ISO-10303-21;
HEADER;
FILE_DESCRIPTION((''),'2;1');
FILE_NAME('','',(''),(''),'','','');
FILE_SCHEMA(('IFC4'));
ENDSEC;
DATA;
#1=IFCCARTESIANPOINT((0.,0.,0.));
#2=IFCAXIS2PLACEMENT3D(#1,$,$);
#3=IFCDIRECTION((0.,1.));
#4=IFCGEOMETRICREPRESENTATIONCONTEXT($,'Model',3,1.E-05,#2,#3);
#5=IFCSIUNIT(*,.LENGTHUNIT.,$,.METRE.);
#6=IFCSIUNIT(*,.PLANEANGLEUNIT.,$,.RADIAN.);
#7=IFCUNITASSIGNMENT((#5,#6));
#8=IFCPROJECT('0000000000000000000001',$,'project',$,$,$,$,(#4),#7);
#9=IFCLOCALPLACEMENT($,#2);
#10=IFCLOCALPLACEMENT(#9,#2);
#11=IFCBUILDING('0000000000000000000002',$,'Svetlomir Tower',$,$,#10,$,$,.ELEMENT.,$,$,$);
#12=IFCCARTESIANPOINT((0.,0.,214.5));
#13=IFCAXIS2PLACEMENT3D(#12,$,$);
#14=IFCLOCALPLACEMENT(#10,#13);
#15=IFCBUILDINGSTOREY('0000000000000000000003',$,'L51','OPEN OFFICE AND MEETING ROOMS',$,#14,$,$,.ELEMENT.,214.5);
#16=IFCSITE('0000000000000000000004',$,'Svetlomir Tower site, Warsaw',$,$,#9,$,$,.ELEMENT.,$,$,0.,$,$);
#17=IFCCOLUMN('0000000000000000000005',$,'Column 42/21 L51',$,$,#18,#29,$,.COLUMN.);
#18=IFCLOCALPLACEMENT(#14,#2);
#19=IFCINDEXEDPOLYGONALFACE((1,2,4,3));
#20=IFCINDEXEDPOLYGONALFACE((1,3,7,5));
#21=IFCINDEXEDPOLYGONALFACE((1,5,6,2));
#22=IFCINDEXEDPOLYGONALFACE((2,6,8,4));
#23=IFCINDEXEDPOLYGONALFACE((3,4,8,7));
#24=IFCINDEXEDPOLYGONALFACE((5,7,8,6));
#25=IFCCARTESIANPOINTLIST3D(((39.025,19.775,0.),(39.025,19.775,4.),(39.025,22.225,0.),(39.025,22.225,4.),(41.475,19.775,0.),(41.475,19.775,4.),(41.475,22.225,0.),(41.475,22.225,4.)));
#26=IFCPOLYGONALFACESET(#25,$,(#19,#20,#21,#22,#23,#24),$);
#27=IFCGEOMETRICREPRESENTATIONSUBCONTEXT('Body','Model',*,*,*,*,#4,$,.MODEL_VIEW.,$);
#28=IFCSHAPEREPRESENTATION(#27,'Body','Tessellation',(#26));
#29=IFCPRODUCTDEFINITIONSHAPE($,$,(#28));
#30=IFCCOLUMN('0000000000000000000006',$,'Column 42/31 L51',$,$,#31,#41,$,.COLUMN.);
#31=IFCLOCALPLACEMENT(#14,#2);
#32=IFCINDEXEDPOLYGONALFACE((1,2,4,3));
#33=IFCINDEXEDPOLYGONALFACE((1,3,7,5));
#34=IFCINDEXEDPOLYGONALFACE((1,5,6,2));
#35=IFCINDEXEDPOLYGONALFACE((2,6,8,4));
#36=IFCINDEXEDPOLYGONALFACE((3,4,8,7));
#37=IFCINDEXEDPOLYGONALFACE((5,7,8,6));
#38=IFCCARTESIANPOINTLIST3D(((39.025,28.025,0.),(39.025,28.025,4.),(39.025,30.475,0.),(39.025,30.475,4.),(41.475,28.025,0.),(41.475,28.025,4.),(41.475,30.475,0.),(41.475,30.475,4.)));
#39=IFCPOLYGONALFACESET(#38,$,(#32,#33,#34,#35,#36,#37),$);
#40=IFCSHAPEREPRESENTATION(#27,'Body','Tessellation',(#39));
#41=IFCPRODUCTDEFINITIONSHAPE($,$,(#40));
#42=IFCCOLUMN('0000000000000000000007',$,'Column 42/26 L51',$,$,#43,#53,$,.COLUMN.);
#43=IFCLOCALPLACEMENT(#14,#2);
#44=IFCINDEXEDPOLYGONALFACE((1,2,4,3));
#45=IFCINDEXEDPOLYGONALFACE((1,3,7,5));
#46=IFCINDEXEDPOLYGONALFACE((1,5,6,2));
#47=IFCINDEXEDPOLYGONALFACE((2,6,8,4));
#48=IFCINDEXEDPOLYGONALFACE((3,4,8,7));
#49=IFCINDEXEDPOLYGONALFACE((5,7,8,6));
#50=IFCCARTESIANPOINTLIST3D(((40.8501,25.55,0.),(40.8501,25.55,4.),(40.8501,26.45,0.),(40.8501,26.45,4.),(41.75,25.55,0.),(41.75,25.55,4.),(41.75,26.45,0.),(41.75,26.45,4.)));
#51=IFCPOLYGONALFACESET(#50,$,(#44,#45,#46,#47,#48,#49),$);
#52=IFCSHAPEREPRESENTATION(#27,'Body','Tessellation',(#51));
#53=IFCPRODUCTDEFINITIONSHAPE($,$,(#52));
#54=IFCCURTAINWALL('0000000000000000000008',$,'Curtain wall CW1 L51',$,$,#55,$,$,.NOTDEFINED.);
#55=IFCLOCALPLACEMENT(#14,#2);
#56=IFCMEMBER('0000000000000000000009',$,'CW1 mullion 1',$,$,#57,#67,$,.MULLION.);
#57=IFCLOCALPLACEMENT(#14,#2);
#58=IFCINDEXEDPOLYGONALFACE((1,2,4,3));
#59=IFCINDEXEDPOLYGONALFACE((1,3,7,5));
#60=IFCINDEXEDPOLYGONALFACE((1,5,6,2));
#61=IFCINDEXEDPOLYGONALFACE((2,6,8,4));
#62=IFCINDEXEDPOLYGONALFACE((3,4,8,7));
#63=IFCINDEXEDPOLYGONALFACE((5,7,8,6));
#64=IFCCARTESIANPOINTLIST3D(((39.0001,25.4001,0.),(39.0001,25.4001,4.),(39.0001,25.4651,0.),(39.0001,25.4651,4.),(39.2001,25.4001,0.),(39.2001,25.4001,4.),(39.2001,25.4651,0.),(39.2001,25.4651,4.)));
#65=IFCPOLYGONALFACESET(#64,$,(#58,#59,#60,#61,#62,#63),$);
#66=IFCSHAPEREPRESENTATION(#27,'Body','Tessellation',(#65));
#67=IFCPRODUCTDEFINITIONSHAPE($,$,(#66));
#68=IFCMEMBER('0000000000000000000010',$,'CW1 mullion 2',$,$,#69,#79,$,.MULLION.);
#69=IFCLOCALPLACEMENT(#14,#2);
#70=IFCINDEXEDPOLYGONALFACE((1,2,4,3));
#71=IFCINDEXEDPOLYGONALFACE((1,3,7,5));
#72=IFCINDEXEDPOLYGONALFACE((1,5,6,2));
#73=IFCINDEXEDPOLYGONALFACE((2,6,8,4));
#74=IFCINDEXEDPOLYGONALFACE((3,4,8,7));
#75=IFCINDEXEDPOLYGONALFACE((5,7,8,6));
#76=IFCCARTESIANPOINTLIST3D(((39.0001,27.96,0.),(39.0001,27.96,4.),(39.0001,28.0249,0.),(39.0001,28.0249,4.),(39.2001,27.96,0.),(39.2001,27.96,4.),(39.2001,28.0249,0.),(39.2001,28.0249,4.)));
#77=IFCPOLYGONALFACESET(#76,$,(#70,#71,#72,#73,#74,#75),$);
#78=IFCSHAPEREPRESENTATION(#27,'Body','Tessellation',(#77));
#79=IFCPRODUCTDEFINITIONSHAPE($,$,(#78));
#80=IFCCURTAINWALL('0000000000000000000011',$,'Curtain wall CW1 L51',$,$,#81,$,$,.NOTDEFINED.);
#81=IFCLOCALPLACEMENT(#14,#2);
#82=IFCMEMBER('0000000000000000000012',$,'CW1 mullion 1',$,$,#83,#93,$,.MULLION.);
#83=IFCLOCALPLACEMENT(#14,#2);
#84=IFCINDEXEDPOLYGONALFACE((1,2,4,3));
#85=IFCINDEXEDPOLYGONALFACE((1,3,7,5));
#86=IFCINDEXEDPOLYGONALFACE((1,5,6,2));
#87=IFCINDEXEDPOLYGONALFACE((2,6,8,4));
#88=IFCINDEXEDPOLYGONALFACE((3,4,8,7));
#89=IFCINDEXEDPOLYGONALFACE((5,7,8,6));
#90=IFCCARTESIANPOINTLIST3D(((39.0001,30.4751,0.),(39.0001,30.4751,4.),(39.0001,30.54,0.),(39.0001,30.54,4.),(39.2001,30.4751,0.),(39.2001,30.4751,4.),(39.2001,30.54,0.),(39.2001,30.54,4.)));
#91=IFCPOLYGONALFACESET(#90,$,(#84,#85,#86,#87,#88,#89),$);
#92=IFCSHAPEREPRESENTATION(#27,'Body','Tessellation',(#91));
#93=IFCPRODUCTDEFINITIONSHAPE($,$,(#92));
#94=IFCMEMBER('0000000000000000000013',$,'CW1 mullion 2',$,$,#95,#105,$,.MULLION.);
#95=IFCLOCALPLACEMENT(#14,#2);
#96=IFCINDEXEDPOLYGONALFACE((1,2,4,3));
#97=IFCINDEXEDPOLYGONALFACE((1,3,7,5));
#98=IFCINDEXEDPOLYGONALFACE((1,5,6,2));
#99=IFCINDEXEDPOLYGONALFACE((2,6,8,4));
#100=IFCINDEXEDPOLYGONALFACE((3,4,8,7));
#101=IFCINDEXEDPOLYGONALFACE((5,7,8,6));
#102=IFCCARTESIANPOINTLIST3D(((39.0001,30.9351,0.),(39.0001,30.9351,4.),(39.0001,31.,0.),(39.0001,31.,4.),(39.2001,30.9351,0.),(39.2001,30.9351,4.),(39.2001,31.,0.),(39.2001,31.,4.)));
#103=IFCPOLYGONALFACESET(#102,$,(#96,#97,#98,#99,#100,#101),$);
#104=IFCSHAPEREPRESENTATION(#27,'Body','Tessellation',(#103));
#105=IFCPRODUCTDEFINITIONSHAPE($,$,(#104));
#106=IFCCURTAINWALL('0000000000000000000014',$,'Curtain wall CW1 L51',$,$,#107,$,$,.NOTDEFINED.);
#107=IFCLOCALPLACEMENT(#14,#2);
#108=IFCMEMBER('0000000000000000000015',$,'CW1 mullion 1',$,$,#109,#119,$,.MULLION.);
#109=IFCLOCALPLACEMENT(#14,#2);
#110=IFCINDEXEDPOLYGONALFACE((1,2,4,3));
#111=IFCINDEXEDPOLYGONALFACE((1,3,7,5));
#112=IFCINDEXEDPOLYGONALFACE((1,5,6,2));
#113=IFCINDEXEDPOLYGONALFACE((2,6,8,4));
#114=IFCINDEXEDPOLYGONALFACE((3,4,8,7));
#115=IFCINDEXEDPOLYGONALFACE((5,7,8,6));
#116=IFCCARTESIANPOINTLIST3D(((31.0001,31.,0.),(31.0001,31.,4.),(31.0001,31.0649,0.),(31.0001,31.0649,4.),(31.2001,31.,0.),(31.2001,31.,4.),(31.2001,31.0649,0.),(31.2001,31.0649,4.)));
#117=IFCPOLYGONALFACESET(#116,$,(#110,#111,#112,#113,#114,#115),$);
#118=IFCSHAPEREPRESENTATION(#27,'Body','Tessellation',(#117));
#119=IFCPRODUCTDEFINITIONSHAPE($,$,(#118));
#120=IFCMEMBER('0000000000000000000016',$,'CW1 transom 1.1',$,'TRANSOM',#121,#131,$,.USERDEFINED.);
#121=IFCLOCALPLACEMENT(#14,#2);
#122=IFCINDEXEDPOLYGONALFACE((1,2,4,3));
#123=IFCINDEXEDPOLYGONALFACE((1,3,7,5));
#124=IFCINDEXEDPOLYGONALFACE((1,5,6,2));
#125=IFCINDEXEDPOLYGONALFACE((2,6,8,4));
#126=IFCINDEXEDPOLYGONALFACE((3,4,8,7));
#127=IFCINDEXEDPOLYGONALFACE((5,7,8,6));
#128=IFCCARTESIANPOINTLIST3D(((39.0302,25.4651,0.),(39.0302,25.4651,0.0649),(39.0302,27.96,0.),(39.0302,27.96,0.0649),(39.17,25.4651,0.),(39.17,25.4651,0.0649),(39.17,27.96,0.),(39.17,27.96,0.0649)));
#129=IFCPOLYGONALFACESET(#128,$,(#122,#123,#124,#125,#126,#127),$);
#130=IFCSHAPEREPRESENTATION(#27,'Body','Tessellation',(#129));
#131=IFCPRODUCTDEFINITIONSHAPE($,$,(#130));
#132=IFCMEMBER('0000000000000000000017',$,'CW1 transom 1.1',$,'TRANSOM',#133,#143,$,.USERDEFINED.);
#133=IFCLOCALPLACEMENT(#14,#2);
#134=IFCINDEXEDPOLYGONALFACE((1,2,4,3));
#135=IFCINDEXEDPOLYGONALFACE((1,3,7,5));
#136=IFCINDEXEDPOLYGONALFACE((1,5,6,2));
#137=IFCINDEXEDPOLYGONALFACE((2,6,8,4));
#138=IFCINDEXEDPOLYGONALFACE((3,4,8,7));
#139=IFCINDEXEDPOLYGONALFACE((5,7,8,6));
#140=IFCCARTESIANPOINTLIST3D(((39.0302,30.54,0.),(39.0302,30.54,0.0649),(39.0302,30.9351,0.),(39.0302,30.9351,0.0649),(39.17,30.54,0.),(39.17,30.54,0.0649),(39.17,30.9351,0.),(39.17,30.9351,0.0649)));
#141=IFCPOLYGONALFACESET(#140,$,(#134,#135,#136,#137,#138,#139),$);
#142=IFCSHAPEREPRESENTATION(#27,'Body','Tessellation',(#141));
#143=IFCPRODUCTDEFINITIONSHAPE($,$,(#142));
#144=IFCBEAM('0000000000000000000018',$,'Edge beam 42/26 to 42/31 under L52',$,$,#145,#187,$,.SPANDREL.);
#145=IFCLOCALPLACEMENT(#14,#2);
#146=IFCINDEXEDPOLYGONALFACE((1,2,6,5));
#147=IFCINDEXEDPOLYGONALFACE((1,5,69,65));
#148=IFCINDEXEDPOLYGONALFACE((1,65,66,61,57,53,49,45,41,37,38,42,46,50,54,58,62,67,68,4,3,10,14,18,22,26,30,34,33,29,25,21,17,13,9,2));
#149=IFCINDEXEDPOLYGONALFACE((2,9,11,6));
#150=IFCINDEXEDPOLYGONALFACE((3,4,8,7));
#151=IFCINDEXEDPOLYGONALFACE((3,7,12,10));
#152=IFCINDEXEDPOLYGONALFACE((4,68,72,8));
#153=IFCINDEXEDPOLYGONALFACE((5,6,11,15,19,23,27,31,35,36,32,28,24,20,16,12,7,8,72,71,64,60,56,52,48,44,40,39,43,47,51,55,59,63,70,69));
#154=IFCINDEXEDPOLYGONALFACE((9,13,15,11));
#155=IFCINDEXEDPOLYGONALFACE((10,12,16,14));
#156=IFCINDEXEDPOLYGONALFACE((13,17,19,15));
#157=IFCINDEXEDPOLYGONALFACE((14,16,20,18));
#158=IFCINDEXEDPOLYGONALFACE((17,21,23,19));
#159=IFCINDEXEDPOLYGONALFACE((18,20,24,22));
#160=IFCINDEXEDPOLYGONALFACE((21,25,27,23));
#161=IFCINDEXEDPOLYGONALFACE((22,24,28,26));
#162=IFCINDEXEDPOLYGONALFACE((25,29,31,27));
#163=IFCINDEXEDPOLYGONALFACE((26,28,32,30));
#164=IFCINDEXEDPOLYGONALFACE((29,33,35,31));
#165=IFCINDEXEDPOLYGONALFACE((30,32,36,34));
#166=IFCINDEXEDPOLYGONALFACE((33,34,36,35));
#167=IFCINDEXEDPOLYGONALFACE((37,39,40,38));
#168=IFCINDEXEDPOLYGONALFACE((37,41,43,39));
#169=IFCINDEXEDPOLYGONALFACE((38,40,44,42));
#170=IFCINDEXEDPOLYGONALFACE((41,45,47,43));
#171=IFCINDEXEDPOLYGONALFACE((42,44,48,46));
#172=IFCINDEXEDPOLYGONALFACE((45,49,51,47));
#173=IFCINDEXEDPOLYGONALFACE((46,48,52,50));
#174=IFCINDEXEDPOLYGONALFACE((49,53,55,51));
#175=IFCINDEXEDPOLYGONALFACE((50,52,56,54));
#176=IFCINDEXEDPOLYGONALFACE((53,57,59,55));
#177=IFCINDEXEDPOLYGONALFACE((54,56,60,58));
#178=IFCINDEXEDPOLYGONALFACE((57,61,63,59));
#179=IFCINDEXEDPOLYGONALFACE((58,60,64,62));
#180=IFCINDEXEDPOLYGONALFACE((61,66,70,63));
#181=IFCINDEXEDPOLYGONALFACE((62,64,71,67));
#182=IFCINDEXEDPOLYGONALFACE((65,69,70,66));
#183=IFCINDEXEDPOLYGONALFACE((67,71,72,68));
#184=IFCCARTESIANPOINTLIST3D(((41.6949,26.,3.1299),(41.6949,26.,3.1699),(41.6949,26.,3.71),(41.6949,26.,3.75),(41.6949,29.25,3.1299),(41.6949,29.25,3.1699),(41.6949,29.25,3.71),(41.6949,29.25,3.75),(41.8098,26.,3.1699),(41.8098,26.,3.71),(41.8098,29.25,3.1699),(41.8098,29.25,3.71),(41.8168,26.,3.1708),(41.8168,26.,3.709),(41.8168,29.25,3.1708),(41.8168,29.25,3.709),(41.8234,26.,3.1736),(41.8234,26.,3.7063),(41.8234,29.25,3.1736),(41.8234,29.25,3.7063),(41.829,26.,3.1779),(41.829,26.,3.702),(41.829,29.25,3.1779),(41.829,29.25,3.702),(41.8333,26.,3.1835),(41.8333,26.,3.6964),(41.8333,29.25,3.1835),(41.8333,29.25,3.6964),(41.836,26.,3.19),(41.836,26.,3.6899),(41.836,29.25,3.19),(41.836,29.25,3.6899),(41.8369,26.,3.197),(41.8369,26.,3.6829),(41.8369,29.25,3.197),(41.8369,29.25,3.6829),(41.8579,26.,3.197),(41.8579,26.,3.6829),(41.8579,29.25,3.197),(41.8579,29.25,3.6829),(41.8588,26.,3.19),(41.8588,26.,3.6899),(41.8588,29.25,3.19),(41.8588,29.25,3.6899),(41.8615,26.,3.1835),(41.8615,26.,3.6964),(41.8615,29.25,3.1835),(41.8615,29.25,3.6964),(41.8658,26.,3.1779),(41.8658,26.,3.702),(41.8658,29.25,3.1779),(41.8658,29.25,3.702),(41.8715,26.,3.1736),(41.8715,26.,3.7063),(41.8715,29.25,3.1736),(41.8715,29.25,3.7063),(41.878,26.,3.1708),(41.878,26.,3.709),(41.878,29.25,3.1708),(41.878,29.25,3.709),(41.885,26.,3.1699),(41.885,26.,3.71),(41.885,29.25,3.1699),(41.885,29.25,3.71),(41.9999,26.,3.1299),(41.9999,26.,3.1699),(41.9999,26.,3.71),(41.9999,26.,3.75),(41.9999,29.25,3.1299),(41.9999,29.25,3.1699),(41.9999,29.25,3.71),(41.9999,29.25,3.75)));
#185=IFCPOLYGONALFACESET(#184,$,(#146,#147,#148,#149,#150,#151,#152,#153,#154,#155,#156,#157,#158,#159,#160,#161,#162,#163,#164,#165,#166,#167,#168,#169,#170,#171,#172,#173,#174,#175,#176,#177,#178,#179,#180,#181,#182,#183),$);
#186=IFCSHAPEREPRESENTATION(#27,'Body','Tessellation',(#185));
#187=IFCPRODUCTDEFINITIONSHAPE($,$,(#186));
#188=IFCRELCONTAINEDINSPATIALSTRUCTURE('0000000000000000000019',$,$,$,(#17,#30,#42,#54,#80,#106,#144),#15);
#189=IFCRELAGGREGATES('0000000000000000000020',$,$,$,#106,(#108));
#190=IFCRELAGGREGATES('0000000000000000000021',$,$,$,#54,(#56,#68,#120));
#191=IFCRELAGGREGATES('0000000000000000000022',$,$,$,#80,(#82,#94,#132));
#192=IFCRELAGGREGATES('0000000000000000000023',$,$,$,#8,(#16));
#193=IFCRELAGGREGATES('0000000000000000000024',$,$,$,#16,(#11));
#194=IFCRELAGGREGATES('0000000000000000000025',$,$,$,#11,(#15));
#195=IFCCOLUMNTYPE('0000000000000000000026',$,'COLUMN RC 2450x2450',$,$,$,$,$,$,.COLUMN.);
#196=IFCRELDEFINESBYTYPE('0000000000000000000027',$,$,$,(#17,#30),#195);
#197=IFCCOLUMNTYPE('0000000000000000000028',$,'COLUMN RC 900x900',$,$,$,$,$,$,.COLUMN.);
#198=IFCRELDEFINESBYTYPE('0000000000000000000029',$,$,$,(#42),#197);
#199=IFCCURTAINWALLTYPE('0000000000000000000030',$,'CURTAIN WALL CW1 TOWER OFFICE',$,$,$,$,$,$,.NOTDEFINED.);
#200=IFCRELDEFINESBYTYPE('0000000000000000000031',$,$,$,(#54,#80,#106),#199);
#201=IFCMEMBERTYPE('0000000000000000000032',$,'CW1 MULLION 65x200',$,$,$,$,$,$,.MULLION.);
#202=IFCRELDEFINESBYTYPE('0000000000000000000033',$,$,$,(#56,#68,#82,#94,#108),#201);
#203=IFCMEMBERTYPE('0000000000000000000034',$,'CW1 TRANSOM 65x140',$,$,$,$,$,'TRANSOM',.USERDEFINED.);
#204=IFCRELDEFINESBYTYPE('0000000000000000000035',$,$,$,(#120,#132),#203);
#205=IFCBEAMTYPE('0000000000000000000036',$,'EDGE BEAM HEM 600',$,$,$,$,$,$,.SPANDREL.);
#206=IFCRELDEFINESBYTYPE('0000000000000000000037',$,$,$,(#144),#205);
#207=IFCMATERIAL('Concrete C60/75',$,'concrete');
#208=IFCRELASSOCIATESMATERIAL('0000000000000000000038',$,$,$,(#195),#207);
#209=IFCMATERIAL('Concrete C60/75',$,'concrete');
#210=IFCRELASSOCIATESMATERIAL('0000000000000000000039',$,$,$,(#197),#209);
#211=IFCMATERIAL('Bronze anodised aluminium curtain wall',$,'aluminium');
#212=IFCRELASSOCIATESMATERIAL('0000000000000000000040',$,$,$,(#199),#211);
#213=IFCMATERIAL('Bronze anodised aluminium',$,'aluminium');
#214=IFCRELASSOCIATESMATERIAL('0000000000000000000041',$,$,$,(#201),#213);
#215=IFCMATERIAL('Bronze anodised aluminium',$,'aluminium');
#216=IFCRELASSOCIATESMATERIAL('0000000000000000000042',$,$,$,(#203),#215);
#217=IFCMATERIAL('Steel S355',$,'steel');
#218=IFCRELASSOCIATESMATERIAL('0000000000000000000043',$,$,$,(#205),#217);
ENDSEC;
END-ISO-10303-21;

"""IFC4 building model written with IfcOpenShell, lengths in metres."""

from ifc_helpers import new_model, si_unit, direction, frame, origin, origin_2d, place, context, subcontext, project, spatial, rectangle, i_section, extrude, material, material_profile, profile_set, type_object, element, aggregate, save


model = new_model("IFC4")

# Units and contexts
model_context = context("Model", 3, precision=1e-05, world=origin(), true_north=direction((0.0, 1.0)))
body_context = subcontext(model_context, "Body", "Model", "MODEL_VIEW")
ifc_project = project(units=[si_unit("LENGTHUNIT", "METRE"), si_unit("PLANEANGLEUNIT", "RADIAN")], contexts=[model_context])

# Site, building, storey
site_placement = place(None, origin())
site = spatial("IfcSite", under=ifc_project, at=site_placement, Name="Svetlomir Tower site, Warsaw", CompositionType="ELEMENT", RefElevation=0.0)
building_placement = place(site_placement, origin())
building = spatial("IfcBuilding", under=site, at=building_placement, Name="Svetlomir Tower", CompositionType="ELEMENT")
storey_placement = place(building_placement, frame((0.0, 0.0, 214.5)))
storey = spatial("IfcBuildingStorey", under=building, at=storey_placement, Name="L51", Description="OPEN OFFICE AND MEETING ROOMS", CompositionType="ELEMENT", Elevation=214.5)

# Columns
ifc_material_1 = material(Name="Concrete C60/75", Category="concrete")
ifc_material_profile_1 = material_profile(ifc_material_1, rectangle(XDim=2.45, YDim=2.45, at=origin_2d()), Name="RC 2450x2450")
ifc_profile_set_1 = profile_set([ifc_material_profile_1], Name="Concrete C60/75")
column_type_1 = type_object("IfcColumnType", Name="COLUMN RC 2450x2450", PredefinedType="COLUMN", material=ifc_profile_set_1)
for number, where, z_axis, x_axis, name in (
    (1, (40.25, 21.0, 0.0), (0.0, 0.0, 1.0), (1.0, 0.0, 0.0), "Column 42/21 L51"),
    (2, (40.25, 29.25, 0.0), (0.0, 0.0, 1.0), (1.0, 0.0, 0.0), "Column 42/31 L51"),
):
    element("IfcColumn", number, at=place(storey_placement, frame(where, z_axis=z_axis, x_axis=x_axis)), inside=storey, type_object=column_type_1, Name=name, PredefinedType="COLUMN", context=body_context, shape_type="SweptSolid", body=[
        extrude(rectangle(XDim=2.45, YDim=2.45, at=origin_2d()), origin(), (0.0, 0.0, 1.0), 4.0),
    ])
ifc_material_2 = material(Name="Concrete C60/75", Category="concrete")
ifc_material_profile_2 = material_profile(ifc_material_2, rectangle(XDim=0.8999, YDim=0.8999, at=origin_2d()), Name="RC 900x900")
ifc_profile_set_2 = profile_set([ifc_material_profile_2], Name="Concrete C60/75")
column_type_2 = type_object("IfcColumnType", Name="COLUMN RC 900x900", PredefinedType="COLUMN", material=ifc_profile_set_2)
column_placement = place(storey_placement, frame((41.3, 26.0, 0.0), z_axis=(0.0, 0.0, 1.0), x_axis=(1.0, 0.0, 0.0)))
element("IfcColumn", 3, at=column_placement, inside=storey, type_object=column_type_2, Name="Column 42/26 L51", PredefinedType="COLUMN", context=body_context, shape_type="SweptSolid", body=[
    extrude(rectangle(XDim=0.8999, YDim=0.8999, at=origin_2d()), origin(), (0.0, 0.0, 1.0), 4.0),
])

# Curtain walls, members
ifc_material_3 = material(Name="Bronze anodised aluminium curtain wall", Category="aluminium")
curtain_wall_type = type_object("IfcCurtainWallType", Name="CURTAIN WALL CW1 TOWER OFFICE", PredefinedType="NOTDEFINED", material=ifc_material_3)
curtain_wall_1_placement = place(storey_placement, origin())
curtain_wall_1 = element("IfcCurtainWall", 4, at=curtain_wall_1_placement, inside=storey, type_object=curtain_wall_type, Name="Curtain wall CW1 L51", PredefinedType="NOTDEFINED")
ifc_material_4 = material(Name="Bronze anodised aluminium", Category="aluminium")
ifc_material_profile_3 = material_profile(ifc_material_4, rectangle(XDim=0.0649, YDim=0.2, at=origin_2d()), Name="AL 65x200")
ifc_profile_set_3 = profile_set([ifc_material_profile_3], Name="Bronze anodised aluminium 6063-T6")
member_type_1 = type_object("IfcMemberType", Name="CW1 MULLION 65x200", PredefinedType="MULLION", material=ifc_profile_set_3)
member_1_placement = place(storey_placement, frame((39.1001, 25.4326, 0.0), z_axis=(0.0, 0.0, 1.0), x_axis=(0.0, 1.0, 0.0)))
member_1 = element("IfcMember", 5, at=member_1_placement, type_object=member_type_1, Name="CW1 mullion 1", PredefinedType="MULLION", context=body_context, shape_type="SweptSolid", body=[
    extrude(rectangle(XDim=0.0649, YDim=0.2, at=origin_2d()), origin(), (0.0, 0.0, 1.0), 4.0),
])
member_2_placement = place(storey_placement, frame((39.1001, 27.9924, 0.0), z_axis=(0.0, 0.0, 1.0), x_axis=(0.0, 1.0, 0.0)))
member_2 = element("IfcMember", 6, at=member_2_placement, type_object=member_type_1, Name="CW1 mullion 2", PredefinedType="MULLION", context=body_context, shape_type="SweptSolid", body=[
    extrude(rectangle(XDim=0.0649, YDim=0.2, at=origin_2d()), origin(), (0.0, 0.0, 1.0), 4.0),
])
curtain_wall_2_placement = place(storey_placement, origin())
curtain_wall_2 = element("IfcCurtainWall", 7, at=curtain_wall_2_placement, inside=storey, type_object=curtain_wall_type, Name="Curtain wall CW1 L51", PredefinedType="NOTDEFINED")
member_3_placement = place(storey_placement, frame((39.1001, 30.5076, 0.0), z_axis=(0.0, 0.0, 1.0), x_axis=(0.0, 1.0, 0.0)))
member_3 = element("IfcMember", 8, at=member_3_placement, type_object=member_type_1, Name="CW1 mullion 1", PredefinedType="MULLION", context=body_context, shape_type="SweptSolid", body=[
    extrude(rectangle(XDim=0.0649, YDim=0.2, at=origin_2d()), origin(), (0.0, 0.0, 1.0), 4.0),
])
member_4_placement = place(storey_placement, frame((39.1001, 30.9675, 0.0), z_axis=(0.0, 0.0, 1.0), x_axis=(0.0, 1.0, 0.0)))
member_4 = element("IfcMember", 9, at=member_4_placement, type_object=member_type_1, Name="CW1 mullion 2", PredefinedType="MULLION", context=body_context, shape_type="SweptSolid", body=[
    extrude(rectangle(XDim=0.0649, YDim=0.2, at=origin_2d()), origin(), (0.0, 0.0, 1.0), 4.0),
])

# Curtain wall, member
curtain_wall_3_placement = place(storey_placement, origin())
curtain_wall_3 = element("IfcCurtainWall", 10, at=curtain_wall_3_placement, inside=storey, type_object=curtain_wall_type, Name="Curtain wall CW1 L51", PredefinedType="NOTDEFINED")
member_5_placement = place(storey_placement, frame((31.1001, 31.0325, 0.0), z_axis=(0.0, 0.0, 1.0), x_axis=(0.0, 1.0, 0.0)))
member_5 = element("IfcMember", 11, at=member_5_placement, type_object=member_type_1, Name="CW1 mullion 1", PredefinedType="MULLION", context=body_context, shape_type="SweptSolid", body=[
    extrude(rectangle(XDim=0.0649, YDim=0.2, at=origin_2d()), origin(), (0.0, 0.0, 1.0), 4.0),
])
aggregate(curtain_wall_3, [member_5])

# Members
ifc_material_5 = material(Name="Bronze anodised aluminium", Category="aluminium")
ifc_material_profile_4 = material_profile(ifc_material_5, rectangle(XDim=0.1399, YDim=0.0649, at=origin_2d()), Name="AL 140x65")
ifc_profile_set_4 = profile_set([ifc_material_profile_4], Name="Bronze anodised aluminium 6063-T6")
member_type_2 = type_object("IfcMemberType", Name="CW1 TRANSOM 65x140", ElementType="TRANSOM", PredefinedType="USERDEFINED", material=ifc_profile_set_4)
member_6_placement = place(storey_placement, frame((39.1001, 25.4651, 0.0325), z_axis=(0.0, 1.0, 0.0), x_axis=(-1.0, 0.0, 0.0)))
member_6 = element("IfcMember", 12, at=member_6_placement, type_object=member_type_2, Name="CW1 transom 1.1", ObjectType="TRANSOM", PredefinedType="USERDEFINED", context=body_context, shape_type="SweptSolid", body=[
    extrude(rectangle(XDim=0.1399, YDim=0.0649, at=origin_2d()), origin(), (0.0, 0.0, 1.0), 2.4949),
])
member_7_placement = place(storey_placement, frame((39.1001, 30.54, 0.0325), z_axis=(0.0, 1.0, 0.0), x_axis=(-1.0, 0.0, 0.0)))
member_7 = element("IfcMember", 13, at=member_7_placement, type_object=member_type_2, Name="CW1 transom 1.1", ObjectType="TRANSOM", PredefinedType="USERDEFINED", context=body_context, shape_type="SweptSolid", body=[
    extrude(rectangle(XDim=0.1399, YDim=0.0649, at=origin_2d()), origin(), (0.0, 0.0, 1.0), 0.395),
])

# Beam
ifc_material_6 = material(Name="Steel S355", Category="steel")
ifc_material_profile_5 = material_profile(ifc_material_6, i_section(OverallWidth=0.3049, OverallDepth=0.6201, WebThickness=0.021, FlangeThickness=0.04, FilletRadius=0.0271, at=origin_2d()), Name="HEM 600")
ifc_profile_set_5 = profile_set([ifc_material_profile_5], Name="Steel S355")
beam_type_1 = type_object("IfcBeamType", Name="EDGE BEAM HEM 600", PredefinedType="SPANDREL", material=ifc_profile_set_5)
beam_1_placement = place(storey_placement, frame((41.8474, 26.0, 3.4399), z_axis=(0.0, 1.0, 0.0), x_axis=(-1.0, 0.0, 0.0)))
element("IfcBeam", 14, at=beam_1_placement, inside=storey, type_object=beam_type_1, Name="Edge beam 42/26 to 42/31 under L52", PredefinedType="SPANDREL", context=body_context, shape_type="SweptSolid", body=[
    extrude(i_section(OverallWidth=0.3049, OverallDepth=0.6201, WebThickness=0.021, FlangeThickness=0.04, FilletRadius=0.0271, at=origin_2d()), origin(), (0.0, 0.0, 1.0), 3.25),
])

aggregate(curtain_wall_1, [member_1, member_2, member_6])
aggregate(curtain_wall_2, [member_3, member_4, member_7])

save(model, "model.ifc")
